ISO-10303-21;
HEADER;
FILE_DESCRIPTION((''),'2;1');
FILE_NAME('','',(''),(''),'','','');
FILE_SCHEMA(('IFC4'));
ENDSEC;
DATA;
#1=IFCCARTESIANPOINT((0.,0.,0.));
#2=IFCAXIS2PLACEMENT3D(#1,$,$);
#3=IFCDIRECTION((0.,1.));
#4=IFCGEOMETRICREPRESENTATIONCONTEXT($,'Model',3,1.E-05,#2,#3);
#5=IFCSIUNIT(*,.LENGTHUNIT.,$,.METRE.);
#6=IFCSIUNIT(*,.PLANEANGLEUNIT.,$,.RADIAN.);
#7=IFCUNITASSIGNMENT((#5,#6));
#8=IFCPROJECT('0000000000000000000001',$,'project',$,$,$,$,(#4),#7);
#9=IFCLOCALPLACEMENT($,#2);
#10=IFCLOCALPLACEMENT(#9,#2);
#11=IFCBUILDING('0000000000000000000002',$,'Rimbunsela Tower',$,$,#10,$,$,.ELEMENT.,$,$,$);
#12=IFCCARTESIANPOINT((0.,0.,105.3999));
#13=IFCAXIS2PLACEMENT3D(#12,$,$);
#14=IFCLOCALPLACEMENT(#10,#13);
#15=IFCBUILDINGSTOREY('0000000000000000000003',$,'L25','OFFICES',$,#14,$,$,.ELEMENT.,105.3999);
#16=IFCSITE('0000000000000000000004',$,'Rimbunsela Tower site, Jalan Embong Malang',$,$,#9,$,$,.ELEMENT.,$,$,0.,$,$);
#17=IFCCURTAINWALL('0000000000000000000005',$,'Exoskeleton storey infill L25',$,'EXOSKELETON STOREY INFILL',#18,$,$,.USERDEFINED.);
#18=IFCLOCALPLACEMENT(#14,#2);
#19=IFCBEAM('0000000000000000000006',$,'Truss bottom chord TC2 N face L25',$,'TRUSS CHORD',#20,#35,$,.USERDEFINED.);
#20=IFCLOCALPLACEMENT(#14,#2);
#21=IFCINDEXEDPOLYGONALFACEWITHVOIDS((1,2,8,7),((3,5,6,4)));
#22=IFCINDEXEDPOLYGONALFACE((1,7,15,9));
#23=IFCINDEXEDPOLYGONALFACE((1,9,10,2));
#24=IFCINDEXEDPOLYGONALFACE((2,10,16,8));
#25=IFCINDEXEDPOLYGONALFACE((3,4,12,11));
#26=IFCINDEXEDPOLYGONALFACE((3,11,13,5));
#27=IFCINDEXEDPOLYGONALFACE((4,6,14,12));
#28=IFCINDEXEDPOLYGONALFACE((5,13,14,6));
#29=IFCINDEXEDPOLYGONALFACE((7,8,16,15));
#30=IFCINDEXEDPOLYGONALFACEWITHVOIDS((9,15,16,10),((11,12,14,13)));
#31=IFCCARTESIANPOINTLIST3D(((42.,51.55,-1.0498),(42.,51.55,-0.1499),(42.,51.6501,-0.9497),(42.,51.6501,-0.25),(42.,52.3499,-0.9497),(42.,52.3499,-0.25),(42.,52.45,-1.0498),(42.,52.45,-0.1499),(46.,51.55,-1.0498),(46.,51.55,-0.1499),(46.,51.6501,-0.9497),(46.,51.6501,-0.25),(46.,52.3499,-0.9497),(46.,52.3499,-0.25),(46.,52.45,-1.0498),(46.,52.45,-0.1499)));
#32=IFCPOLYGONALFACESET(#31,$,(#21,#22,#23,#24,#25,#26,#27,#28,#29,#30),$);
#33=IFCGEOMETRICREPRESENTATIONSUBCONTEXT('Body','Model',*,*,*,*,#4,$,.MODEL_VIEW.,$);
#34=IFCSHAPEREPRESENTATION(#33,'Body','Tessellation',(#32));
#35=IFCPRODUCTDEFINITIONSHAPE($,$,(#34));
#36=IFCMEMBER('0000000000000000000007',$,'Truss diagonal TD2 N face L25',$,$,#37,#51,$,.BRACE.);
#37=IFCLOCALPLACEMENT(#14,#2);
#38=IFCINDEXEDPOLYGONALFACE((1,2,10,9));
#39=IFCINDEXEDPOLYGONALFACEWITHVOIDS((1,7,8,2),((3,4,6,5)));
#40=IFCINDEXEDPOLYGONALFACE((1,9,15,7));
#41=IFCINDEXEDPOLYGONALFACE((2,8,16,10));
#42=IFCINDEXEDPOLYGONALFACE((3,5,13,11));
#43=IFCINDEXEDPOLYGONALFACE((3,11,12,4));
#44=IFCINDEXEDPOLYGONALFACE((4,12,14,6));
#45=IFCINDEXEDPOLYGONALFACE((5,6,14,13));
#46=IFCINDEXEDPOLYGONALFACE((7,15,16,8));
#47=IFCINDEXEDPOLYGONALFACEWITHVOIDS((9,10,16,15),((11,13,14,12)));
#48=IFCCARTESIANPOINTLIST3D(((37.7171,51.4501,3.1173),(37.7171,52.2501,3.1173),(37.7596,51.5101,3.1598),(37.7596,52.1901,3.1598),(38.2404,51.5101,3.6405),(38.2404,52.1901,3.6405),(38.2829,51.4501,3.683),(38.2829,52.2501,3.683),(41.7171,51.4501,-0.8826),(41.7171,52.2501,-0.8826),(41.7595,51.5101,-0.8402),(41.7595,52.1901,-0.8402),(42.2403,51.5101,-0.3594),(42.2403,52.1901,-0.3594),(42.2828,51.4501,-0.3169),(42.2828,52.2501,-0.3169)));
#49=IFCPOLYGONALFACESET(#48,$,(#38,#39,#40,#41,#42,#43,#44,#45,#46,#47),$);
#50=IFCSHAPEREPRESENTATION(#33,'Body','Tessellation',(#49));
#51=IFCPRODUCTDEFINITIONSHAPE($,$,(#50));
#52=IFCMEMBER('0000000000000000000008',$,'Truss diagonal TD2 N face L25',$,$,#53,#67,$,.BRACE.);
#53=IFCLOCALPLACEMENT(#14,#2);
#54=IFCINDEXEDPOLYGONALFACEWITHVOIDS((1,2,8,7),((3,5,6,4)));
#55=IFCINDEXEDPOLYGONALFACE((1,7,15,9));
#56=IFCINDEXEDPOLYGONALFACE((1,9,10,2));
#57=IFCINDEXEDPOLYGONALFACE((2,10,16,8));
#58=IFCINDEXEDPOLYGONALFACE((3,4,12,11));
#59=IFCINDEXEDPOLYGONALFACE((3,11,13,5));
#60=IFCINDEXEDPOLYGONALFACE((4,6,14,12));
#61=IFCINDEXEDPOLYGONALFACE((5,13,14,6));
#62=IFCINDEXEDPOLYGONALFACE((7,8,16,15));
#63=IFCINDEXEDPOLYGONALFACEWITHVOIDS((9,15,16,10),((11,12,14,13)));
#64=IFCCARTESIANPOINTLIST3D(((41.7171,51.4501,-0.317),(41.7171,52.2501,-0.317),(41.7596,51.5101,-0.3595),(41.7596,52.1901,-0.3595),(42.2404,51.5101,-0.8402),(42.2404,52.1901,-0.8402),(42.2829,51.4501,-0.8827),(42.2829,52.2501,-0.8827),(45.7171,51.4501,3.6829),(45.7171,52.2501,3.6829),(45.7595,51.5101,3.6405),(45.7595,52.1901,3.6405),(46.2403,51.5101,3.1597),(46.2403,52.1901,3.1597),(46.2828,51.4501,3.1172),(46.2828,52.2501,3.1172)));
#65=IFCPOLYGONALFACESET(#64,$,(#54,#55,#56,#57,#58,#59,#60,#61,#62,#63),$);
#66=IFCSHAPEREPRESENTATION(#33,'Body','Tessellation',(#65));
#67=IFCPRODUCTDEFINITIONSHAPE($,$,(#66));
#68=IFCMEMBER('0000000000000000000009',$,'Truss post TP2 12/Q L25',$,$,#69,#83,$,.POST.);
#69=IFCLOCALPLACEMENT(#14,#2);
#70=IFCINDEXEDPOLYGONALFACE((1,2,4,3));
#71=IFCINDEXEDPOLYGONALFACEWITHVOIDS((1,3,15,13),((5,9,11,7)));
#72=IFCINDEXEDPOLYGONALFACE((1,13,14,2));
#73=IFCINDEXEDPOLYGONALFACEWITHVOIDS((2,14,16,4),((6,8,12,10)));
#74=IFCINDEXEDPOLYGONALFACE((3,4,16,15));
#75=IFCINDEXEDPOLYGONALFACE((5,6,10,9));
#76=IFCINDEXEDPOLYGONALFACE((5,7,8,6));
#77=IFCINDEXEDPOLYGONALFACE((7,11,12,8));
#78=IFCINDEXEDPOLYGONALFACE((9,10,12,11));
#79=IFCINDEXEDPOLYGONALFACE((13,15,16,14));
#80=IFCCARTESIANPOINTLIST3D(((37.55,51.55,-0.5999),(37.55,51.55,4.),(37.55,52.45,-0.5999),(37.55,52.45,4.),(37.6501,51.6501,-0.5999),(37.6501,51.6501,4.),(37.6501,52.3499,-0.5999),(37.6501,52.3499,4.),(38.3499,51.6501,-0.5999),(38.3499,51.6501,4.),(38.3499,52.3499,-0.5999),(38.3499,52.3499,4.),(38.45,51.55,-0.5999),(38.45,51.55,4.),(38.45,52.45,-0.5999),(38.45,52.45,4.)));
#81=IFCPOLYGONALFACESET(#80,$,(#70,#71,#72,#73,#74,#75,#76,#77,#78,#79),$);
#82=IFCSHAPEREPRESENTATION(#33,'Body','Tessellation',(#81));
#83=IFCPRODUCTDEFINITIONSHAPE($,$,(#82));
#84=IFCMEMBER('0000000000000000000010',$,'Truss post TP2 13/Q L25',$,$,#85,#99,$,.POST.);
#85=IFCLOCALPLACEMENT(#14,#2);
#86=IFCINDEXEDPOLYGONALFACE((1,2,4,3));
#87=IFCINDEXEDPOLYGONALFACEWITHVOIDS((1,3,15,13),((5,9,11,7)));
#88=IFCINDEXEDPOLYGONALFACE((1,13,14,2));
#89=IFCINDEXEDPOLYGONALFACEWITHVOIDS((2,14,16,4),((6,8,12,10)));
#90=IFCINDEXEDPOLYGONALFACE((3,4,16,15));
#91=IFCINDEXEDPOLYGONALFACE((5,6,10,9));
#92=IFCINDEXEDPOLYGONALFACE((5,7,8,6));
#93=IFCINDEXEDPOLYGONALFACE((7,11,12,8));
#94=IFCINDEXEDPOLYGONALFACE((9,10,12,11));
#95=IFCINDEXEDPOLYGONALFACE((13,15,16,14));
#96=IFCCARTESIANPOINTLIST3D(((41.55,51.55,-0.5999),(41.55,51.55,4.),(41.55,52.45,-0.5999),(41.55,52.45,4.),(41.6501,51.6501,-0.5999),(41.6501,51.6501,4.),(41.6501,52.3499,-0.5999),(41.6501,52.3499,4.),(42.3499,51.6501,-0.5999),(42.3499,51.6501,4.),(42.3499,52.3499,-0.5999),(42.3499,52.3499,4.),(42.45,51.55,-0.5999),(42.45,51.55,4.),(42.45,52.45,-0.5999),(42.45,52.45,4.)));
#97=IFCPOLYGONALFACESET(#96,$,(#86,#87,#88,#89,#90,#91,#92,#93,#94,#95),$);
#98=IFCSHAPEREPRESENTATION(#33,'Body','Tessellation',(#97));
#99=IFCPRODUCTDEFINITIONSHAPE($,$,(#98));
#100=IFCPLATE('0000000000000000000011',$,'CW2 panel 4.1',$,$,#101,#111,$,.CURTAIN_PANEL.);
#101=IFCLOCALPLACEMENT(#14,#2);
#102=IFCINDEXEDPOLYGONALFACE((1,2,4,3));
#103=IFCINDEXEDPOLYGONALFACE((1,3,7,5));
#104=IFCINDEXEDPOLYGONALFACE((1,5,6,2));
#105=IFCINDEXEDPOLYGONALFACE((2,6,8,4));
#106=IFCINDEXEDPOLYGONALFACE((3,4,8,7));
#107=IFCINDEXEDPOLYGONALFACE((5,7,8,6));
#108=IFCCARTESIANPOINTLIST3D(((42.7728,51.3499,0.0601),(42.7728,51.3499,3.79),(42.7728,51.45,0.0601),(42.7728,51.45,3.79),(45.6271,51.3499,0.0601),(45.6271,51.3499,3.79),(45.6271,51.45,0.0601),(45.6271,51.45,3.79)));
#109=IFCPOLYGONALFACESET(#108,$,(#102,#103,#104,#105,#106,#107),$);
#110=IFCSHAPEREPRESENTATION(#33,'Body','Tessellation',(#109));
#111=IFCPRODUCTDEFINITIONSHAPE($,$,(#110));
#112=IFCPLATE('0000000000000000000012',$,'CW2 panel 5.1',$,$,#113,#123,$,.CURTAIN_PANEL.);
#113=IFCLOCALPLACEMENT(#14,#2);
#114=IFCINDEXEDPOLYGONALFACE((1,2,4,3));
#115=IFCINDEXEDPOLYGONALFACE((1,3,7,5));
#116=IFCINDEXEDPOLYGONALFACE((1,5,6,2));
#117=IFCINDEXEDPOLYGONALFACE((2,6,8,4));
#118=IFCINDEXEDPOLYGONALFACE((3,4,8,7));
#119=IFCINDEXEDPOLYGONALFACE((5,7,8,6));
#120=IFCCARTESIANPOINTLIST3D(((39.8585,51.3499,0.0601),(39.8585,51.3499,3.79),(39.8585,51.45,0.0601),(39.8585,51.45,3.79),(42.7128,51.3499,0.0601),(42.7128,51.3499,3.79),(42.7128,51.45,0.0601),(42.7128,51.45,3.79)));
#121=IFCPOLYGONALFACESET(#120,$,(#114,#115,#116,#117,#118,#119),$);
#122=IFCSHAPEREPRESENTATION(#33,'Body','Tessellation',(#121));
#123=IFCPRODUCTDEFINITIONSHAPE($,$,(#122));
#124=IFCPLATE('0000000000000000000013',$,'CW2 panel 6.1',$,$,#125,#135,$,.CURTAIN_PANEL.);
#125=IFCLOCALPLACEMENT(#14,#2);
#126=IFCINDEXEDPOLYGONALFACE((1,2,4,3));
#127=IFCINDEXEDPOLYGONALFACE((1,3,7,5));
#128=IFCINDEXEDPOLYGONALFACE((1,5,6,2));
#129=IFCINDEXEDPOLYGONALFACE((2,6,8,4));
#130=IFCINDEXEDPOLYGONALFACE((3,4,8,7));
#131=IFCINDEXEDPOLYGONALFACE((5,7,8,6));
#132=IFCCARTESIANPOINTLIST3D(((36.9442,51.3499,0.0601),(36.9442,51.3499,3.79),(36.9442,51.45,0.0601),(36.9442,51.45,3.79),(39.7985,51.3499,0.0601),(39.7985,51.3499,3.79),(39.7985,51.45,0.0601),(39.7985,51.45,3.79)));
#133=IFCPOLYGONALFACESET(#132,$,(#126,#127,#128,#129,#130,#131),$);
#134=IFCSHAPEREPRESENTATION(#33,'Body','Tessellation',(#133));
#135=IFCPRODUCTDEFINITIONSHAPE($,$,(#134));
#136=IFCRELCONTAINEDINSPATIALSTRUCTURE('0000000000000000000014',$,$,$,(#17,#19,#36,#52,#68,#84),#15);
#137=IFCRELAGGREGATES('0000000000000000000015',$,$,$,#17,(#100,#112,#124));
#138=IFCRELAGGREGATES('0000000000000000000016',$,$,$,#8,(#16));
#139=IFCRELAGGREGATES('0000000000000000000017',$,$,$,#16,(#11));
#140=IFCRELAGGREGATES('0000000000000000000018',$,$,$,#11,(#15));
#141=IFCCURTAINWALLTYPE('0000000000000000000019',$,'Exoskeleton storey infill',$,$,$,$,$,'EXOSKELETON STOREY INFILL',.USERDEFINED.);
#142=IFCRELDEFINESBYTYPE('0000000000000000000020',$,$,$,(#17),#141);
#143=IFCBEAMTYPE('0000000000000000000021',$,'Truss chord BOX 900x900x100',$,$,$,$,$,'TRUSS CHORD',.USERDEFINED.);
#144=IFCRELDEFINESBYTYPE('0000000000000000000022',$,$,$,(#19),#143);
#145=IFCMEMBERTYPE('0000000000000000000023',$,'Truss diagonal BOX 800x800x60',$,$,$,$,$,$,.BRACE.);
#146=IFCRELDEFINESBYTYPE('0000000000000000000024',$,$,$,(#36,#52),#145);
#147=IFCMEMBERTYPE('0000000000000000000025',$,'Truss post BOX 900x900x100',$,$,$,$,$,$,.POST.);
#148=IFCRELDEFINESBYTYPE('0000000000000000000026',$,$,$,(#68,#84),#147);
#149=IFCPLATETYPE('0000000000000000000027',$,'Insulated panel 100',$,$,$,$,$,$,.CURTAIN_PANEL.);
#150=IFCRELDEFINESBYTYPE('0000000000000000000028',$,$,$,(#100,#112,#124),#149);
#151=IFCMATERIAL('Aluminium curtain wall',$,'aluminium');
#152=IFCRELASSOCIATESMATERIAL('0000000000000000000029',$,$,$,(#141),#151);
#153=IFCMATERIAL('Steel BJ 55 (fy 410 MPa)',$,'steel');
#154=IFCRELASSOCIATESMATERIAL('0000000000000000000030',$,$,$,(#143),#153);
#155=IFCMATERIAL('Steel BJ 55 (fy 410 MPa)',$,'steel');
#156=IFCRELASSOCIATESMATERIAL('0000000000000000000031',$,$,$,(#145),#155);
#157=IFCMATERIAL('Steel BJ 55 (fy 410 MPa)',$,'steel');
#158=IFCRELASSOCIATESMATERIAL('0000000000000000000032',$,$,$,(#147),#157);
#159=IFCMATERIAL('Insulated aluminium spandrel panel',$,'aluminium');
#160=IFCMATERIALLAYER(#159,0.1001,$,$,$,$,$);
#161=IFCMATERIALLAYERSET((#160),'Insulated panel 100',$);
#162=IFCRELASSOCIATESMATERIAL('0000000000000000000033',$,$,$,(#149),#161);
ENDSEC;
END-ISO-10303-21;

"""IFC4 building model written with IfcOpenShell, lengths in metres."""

from ifc_helpers import new_model, si_unit, direction, frame, origin, origin_2d, place, context, subcontext, project, spatial, rectangle, hollow_rectangle, extrude, material, layer, layer_set, material_profile, profile_set, type_object, element, aggregate, save


model = new_model("IFC4")

# Units and contexts
model_context = context("Model", 3, precision=1e-05, world=origin(), true_north=direction((0.0, 1.0)))
body_context = subcontext(model_context, "Body", "Model", "MODEL_VIEW")
ifc_project = project(units=[si_unit("LENGTHUNIT", "METRE"), si_unit("PLANEANGLEUNIT", "RADIAN")], contexts=[model_context])

# Site, building, storey
site_placement = place(None, origin())
site = spatial("IfcSite", under=ifc_project, at=site_placement, Name="Rimbunsela Tower site, Jalan Embong Malang", CompositionType="ELEMENT", RefElevation=0.0)
building_placement = place(site_placement, origin())
building = spatial("IfcBuilding", under=site, at=building_placement, Name="Rimbunsela Tower", CompositionType="ELEMENT")
storey_placement = place(building_placement, frame((0.0, 0.0, 105.3999)))
storey = spatial("IfcBuildingStorey", under=building, at=storey_placement, Name="L25", Description="OFFICES", CompositionType="ELEMENT", Elevation=105.3999)

# Curtain wall
ifc_material_1 = material(Name="Aluminium curtain wall", Category="aluminium")
curtain_wall_type = type_object("IfcCurtainWallType", Name="Exoskeleton storey infill", ElementType="EXOSKELETON STOREY INFILL", PredefinedType="USERDEFINED", material=ifc_material_1)
curtain_wall_placement = place(storey_placement, origin())
curtain_wall = element("IfcCurtainWall", 1, at=curtain_wall_placement, inside=storey, type_object=curtain_wall_type, Name="Exoskeleton storey infill L25", ObjectType="EXOSKELETON STOREY INFILL", PredefinedType="USERDEFINED")

# Beam
ifc_material_2 = material(Name="Steel BJ 55 (fy 410 MPa)", Category="steel")
ifc_material_profile_1 = material_profile(ifc_material_2, hollow_rectangle(XDim=0.8999, YDim=0.8999, WallThickness=0.1001, at=origin_2d()), Name="BOX 900x900x100")
ifc_profile_set_1 = profile_set([ifc_material_profile_1], Name="Steel BJ 55 (fy 410 MPa)")
beam_type = type_object("IfcBeamType", Name="Truss chord BOX 900x900x100", ElementType="TRUSS CHORD", PredefinedType="USERDEFINED", material=ifc_profile_set_1)
for number, where, z_axis, x_axis, name in (
    (2, (42.0, 52.0, -0.5999), (1.0, 0.0, 0.0), (0.0, 1.0, 0.0), "Truss bottom chord TC2 N face L25"),
):
    element("IfcBeam", number, at=place(storey_placement, frame(where, z_axis=z_axis, x_axis=x_axis)), inside=storey, type_object=beam_type, Name=name, ObjectType="TRUSS CHORD", PredefinedType="USERDEFINED", context=body_context, shape_type="SweptSolid", body=[
        extrude(hollow_rectangle(XDim=0.8999, YDim=0.8999, WallThickness=0.1001, at=origin_2d()), origin(), (0.0, 0.0, 1.0), 4.0),
    ])

# Members
ifc_material_3 = material(Name="Steel BJ 55 (fy 410 MPa)", Category="steel")
ifc_material_profile_2 = material_profile(ifc_material_3, hollow_rectangle(XDim=0.8, YDim=0.8, WallThickness=0.0601, at=origin_2d()), Name="BOX 800x800x60")
ifc_profile_set_2 = profile_set([ifc_material_profile_2], Name="Steel BJ 55 (fy 410 MPa)")
member_type_1 = type_object("IfcMemberType", Name="Truss diagonal BOX 800x800x60", PredefinedType="BRACE", material=ifc_profile_set_2)
for number, where, z_axis, x_axis, name in (
    (3, (38.0, 51.8501, 3.4001), (0.707107, 0.0, -0.707107), (0.0, 1.0, 0.0), "Truss diagonal TD2 N face L25"),
    (4, (42.0, 51.8501, -0.5999), (0.707107, 0.0, 0.707107), (0.0, 1.0, 0.0), "Truss diagonal TD2 N face L25"),
):
    element("IfcMember", number, at=place(storey_placement, frame(where, z_axis=z_axis, x_axis=x_axis)), inside=storey, type_object=member_type_1, Name=name, PredefinedType="BRACE", context=body_context, shape_type="SweptSolid", body=[
        extrude(hollow_rectangle(XDim=0.8, YDim=0.8, WallThickness=0.0601, at=origin_2d()), origin(), (0.0, 0.0, 1.0), 5.6567),
    ])
ifc_material_4 = material(Name="Steel BJ 55 (fy 410 MPa)", Category="steel")
ifc_material_profile_3 = material_profile(ifc_material_4, hollow_rectangle(XDim=0.8999, YDim=0.8999, WallThickness=0.1001, at=origin_2d()), Name="BOX 900x900x100")
ifc_profile_set_3 = profile_set([ifc_material_profile_3], Name="Steel BJ 55 (fy 410 MPa)")
member_type_2 = type_object("IfcMemberType", Name="Truss post BOX 900x900x100", PredefinedType="POST", material=ifc_profile_set_3)
for number, where, z_axis, x_axis, name in (
    (5, (38.0, 52.0, -0.5999), (0.0, 0.0, 1.0), (1.0, 0.0, 0.0), "Truss post TP2 12/Q L25"),
    (6, (42.0, 52.0, -0.5999), (0.0, 0.0, 1.0), (1.0, 0.0, 0.0), "Truss post TP2 13/Q L25"),
):
    element("IfcMember", number, at=place(storey_placement, frame(where, z_axis=z_axis, x_axis=x_axis)), inside=storey, type_object=member_type_2, Name=name, PredefinedType="POST", context=body_context, shape_type="SweptSolid", body=[
        extrude(hollow_rectangle(XDim=0.8999, YDim=0.8999, WallThickness=0.1001, at=origin_2d()), origin(), (0.0, 0.0, 1.0), 4.5999),
    ])

# Plates
ifc_material_5 = material(Name="Insulated aluminium spandrel panel", Category="aluminium")
ifc_layer = layer(ifc_material_5, 0.1001)
ifc_layer_set = layer_set([ifc_layer], Name="Insulated panel 100")
plate_type = type_object("IfcPlateType", Name="Insulated panel 100", PredefinedType="CURTAIN_PANEL", material=ifc_layer_set)
plate_1_placement = place(storey_placement, frame((44.2, 51.3999, 0.0601), z_axis=(0.0, 0.0, 1.0), x_axis=(-1.0, 0.0, 0.0)))
plate_1 = element("IfcPlate", 7, at=plate_1_placement, type_object=plate_type, Name="CW2 panel 4.1", PredefinedType="CURTAIN_PANEL", context=body_context, shape_type="SweptSolid", body=[
    extrude(rectangle(XDim=2.8542, YDim=0.1001, at=origin_2d()), origin(), (0.0, 0.0, 1.0), 3.73),
])
plate_2_placement = place(storey_placement, frame((41.2856, 51.3999, 0.0601), z_axis=(0.0, 0.0, 1.0), x_axis=(-1.0, 0.0, 0.0)))
plate_2 = element("IfcPlate", 8, at=plate_2_placement, type_object=plate_type, Name="CW2 panel 5.1", PredefinedType="CURTAIN_PANEL", context=body_context, shape_type="SweptSolid", body=[
    extrude(rectangle(XDim=2.8542, YDim=0.1001, at=origin_2d()), origin(), (0.0, 0.0, 1.0), 3.73),
])
plate_3_placement = place(storey_placement, frame((38.3713, 51.3999, 0.0601), z_axis=(0.0, 0.0, 1.0), x_axis=(-1.0, 0.0, 0.0)))
plate_3 = element("IfcPlate", 9, at=plate_3_placement, type_object=plate_type, Name="CW2 panel 6.1", PredefinedType="CURTAIN_PANEL", context=body_context, shape_type="SweptSolid", body=[
    extrude(rectangle(XDim=2.8542, YDim=0.1001, at=origin_2d()), origin(), (0.0, 0.0, 1.0), 3.73),
])
aggregate(curtain_wall, [plate_1, plate_2, plate_3])

save(model, "model.ifc")
